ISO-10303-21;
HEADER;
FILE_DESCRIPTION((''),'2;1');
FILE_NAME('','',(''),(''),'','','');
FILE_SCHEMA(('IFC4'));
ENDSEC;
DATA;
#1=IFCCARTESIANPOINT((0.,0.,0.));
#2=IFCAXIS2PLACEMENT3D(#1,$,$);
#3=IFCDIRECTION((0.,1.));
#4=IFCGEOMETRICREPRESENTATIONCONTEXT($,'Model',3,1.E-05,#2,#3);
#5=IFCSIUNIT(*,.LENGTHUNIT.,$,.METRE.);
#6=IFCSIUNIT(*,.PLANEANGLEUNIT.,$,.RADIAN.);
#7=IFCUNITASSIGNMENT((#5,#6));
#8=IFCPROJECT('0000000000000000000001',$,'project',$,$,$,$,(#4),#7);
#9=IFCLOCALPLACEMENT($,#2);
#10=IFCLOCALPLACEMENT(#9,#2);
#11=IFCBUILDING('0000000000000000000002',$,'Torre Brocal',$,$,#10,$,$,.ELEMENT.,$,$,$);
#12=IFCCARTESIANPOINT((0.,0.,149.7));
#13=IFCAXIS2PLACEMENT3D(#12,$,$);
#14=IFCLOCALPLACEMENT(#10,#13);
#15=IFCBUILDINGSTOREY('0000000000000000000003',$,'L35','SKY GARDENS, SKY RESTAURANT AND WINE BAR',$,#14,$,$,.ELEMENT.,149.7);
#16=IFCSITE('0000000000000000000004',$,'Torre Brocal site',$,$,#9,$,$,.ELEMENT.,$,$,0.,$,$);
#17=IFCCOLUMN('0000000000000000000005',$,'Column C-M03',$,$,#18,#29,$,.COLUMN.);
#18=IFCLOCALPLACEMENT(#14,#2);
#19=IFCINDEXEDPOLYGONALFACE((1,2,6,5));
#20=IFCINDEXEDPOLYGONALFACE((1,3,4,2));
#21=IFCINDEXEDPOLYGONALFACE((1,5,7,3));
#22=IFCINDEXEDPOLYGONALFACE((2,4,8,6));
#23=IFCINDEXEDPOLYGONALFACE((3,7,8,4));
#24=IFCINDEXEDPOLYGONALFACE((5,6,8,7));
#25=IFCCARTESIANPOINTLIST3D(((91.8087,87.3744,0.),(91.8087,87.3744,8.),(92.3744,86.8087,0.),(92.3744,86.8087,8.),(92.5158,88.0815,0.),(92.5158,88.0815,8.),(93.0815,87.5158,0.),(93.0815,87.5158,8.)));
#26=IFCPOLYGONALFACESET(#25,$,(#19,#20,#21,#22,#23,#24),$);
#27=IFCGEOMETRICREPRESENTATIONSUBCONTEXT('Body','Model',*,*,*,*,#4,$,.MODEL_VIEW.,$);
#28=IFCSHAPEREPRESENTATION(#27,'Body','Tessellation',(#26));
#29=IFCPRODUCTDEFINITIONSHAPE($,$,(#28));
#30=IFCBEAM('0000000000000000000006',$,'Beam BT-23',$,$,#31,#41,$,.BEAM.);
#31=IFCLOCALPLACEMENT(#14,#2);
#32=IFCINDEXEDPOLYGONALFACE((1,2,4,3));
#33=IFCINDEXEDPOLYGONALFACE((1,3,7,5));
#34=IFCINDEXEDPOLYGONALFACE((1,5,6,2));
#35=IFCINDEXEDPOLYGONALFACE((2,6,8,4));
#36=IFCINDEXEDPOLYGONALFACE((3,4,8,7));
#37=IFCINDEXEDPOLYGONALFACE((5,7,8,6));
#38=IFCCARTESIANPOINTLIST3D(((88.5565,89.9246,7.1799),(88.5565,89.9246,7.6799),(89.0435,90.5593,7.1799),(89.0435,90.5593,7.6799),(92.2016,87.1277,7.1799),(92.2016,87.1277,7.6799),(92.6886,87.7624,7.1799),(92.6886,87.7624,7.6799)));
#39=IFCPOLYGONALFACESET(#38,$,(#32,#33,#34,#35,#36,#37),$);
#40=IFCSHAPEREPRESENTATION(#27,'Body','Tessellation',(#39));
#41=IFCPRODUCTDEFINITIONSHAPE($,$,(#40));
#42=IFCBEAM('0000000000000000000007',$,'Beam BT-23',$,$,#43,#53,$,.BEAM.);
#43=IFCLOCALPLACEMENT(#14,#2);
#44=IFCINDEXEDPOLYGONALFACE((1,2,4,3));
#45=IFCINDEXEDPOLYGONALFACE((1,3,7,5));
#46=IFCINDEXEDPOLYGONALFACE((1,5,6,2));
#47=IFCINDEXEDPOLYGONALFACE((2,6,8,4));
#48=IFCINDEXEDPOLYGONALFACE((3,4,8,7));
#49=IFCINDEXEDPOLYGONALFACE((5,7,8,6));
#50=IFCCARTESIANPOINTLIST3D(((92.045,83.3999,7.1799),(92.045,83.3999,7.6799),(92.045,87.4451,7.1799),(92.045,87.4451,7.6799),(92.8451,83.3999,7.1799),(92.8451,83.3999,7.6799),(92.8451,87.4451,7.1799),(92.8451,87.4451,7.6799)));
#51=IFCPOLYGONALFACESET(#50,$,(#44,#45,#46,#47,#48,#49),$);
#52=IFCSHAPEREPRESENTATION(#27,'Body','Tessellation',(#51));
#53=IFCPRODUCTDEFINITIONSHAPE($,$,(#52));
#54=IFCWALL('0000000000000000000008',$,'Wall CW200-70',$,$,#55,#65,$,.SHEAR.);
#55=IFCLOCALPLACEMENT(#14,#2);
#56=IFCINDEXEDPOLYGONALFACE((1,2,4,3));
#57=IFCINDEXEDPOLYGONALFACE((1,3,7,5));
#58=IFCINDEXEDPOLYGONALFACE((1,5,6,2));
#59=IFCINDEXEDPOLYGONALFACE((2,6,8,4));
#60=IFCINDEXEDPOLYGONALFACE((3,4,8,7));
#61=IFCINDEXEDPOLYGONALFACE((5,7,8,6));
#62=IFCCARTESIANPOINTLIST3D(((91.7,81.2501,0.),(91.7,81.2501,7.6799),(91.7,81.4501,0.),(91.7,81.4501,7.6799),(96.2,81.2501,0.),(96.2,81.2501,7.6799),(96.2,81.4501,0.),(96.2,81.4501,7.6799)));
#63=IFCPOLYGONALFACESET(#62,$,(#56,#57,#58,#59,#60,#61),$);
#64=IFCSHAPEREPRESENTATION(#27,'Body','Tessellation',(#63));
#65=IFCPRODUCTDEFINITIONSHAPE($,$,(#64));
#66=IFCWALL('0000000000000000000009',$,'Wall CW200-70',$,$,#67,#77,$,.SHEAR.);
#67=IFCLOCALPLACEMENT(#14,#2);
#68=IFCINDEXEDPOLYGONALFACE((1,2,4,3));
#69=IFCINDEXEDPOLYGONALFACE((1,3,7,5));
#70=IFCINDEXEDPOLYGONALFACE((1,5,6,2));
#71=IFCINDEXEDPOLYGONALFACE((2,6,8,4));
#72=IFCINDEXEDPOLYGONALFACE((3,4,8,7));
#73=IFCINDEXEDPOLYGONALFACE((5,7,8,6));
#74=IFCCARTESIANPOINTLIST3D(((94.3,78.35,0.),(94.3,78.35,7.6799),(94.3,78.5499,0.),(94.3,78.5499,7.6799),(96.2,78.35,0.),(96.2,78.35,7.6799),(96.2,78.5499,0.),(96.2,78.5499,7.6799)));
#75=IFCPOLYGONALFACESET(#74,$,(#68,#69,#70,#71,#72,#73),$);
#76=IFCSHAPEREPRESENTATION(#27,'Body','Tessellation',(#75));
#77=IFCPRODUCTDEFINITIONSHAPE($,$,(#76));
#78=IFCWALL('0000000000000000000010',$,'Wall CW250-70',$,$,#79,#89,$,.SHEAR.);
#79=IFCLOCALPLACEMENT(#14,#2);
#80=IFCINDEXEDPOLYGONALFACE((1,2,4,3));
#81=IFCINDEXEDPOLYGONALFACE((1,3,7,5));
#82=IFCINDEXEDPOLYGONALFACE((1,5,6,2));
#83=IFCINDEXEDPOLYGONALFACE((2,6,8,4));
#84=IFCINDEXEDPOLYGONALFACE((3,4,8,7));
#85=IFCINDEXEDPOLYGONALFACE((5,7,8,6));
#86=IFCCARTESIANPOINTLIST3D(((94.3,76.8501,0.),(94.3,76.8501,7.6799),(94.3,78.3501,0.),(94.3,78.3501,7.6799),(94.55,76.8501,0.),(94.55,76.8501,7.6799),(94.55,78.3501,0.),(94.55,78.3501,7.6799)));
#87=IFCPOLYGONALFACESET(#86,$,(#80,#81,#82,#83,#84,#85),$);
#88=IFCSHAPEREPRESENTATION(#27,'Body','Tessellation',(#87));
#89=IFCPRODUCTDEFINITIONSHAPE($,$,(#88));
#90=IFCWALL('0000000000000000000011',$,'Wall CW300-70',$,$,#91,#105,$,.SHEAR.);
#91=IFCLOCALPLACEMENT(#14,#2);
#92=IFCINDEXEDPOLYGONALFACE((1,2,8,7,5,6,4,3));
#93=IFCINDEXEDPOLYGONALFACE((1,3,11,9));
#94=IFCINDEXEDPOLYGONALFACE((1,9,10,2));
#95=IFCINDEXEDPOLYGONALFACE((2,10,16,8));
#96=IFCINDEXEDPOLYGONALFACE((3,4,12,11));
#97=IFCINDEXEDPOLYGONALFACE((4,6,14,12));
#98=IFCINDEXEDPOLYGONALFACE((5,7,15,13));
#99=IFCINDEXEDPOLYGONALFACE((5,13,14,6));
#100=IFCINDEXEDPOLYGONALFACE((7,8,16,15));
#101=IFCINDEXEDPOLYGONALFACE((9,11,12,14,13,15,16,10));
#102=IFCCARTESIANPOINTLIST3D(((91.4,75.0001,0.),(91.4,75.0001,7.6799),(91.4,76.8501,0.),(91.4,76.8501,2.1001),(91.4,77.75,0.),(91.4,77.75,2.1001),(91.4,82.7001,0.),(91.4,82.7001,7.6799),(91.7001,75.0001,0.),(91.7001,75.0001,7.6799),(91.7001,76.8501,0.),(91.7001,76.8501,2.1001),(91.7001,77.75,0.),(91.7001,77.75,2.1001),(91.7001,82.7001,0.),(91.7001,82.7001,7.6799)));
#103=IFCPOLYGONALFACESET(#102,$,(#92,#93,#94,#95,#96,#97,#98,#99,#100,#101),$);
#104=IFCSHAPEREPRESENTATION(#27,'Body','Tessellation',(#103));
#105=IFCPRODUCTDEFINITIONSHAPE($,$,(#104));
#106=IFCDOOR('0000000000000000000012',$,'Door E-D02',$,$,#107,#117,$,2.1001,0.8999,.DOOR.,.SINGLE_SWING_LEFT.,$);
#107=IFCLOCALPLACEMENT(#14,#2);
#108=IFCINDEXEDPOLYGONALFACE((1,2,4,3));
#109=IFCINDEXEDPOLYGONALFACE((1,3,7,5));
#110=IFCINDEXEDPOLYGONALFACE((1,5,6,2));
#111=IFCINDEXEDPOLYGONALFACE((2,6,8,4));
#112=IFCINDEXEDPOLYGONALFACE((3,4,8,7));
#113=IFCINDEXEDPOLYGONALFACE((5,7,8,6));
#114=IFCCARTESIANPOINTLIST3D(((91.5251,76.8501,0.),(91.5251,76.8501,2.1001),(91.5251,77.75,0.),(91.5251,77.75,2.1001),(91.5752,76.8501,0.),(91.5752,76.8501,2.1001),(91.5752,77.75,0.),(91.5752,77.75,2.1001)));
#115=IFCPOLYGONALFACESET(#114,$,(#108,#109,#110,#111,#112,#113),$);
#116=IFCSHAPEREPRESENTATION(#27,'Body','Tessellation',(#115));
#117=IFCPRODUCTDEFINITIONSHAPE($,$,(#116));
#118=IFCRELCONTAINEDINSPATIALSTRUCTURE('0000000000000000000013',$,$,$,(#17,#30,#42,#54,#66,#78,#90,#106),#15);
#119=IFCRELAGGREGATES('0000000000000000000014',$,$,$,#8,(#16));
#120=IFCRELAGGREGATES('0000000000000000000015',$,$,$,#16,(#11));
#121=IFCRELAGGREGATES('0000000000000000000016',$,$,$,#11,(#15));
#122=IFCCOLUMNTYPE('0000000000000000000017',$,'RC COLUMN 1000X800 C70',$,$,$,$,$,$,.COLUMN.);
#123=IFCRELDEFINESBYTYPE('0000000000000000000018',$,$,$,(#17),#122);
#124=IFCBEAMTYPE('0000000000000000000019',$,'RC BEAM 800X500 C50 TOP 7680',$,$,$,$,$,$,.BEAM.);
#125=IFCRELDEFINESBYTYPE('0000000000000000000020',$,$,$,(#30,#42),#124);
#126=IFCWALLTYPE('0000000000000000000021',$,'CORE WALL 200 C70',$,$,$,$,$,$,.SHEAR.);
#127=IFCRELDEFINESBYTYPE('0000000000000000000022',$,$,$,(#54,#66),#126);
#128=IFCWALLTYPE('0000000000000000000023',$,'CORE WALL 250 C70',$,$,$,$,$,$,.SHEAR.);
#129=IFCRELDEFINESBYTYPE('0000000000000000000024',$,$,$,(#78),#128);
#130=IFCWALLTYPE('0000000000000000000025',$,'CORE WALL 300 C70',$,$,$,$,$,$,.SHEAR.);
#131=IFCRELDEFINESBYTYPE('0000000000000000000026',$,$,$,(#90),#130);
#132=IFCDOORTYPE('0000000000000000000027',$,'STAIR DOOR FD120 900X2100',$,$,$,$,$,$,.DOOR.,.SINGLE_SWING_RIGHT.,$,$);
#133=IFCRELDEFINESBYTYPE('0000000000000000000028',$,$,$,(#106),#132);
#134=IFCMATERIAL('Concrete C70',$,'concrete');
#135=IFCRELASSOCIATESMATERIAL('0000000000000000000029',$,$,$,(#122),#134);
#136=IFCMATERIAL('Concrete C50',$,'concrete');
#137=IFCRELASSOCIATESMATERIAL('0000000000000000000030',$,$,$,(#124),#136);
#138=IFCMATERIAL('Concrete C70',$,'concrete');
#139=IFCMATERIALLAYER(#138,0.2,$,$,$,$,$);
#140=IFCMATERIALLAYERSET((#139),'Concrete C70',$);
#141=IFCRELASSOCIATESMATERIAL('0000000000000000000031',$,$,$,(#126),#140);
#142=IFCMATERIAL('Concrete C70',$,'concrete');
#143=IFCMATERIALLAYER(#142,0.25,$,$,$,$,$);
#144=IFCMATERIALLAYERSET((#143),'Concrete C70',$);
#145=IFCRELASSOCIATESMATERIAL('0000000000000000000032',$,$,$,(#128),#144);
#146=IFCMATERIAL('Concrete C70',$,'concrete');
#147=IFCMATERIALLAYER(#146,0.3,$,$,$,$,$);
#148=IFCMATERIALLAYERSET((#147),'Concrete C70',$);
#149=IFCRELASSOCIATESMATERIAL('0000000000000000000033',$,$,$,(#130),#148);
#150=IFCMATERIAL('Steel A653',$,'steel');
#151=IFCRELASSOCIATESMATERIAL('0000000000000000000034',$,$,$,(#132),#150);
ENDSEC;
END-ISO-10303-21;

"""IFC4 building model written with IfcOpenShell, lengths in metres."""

from ifc_helpers import new_model, si_unit, direction, frame, frame_2d, origin, origin_2d, place, context, subcontext, project, spatial, rectangle, extrude, material, layer, layer_set, material_profile, profile_set, type_object, element, fill, save


model = new_model("IFC4")

# Units and contexts
model_context = context("Model", 3, precision=1e-05, world=origin(), true_north=direction((0.0, 1.0)))
body_context = subcontext(model_context, "Body", "Model", "MODEL_VIEW")
ifc_project = project(units=[si_unit("LENGTHUNIT", "METRE"), si_unit("PLANEANGLEUNIT", "RADIAN")], contexts=[model_context])

# Site, building, storey
site_placement = place(None, origin())
site = spatial("IfcSite", under=ifc_project, at=site_placement, Name="Torre Brocal site", CompositionType="ELEMENT", RefElevation=0.0)
building_placement = place(site_placement, origin())
building = spatial("IfcBuilding", under=site, at=building_placement, Name="Torre Brocal", CompositionType="ELEMENT")
storey_placement = place(building_placement, frame((0.0, 0.0, 149.7)))
storey = spatial("IfcBuildingStorey", under=building, at=storey_placement, Name="L35", Description="SKY GARDENS, SKY RESTAURANT AND WINE BAR", CompositionType="ELEMENT", Elevation=149.7)

# Column
ifc_material_1 = material(Name="Concrete C70", Category="concrete")
ifc_material_profile_1 = material_profile(ifc_material_1, rectangle(XDim=1.0, YDim=0.8, at=origin_2d()), Name="RC 1000X800")
ifc_profile_set_1 = profile_set([ifc_material_profile_1], Name="Concrete C70")
column_type = type_object("IfcColumnType", Name="RC COLUMN 1000X800 C70", PredefinedType="COLUMN", material=ifc_profile_set_1)
column_placement = place(storey_placement, frame((92.4451, 87.4451, 0.0), z_axis=(0.0, 0.0, 1.0), x_axis=(0.707107, 0.707107, 0.0)))
element("IfcColumn", 1, at=column_placement, inside=storey, type_object=column_type, Name="Column C-M03", PredefinedType="COLUMN", context=body_context, shape_type="SweptSolid", body=[
    extrude(rectangle(XDim=1.0, YDim=0.8, at=origin_2d()), origin(), (0.0, 0.0, 1.0), 8.0),
])

# Beams
ifc_material_2 = material(Name="Concrete C50", Category="concrete")
ifc_material_profile_2 = material_profile(ifc_material_2, rectangle(XDim=0.8, YDim=0.5, at=origin_2d()), Name="RC 800X500")
ifc_profile_set_2 = profile_set([ifc_material_profile_2], Name="Concrete C50")
beam_type = type_object("IfcBeamType", Name="RC BEAM 800X500 C50 TOP 7680", PredefinedType="BEAM", material=ifc_profile_set_2)
beam_1_placement = place(storey_placement, frame((92.4451, 87.4451, 7.4299), z_axis=(-0.793358, 0.608755, 0.0), x_axis=(-0.608755, -0.793358, 0.0)))
element("IfcBeam", 2, at=beam_1_placement, inside=storey, type_object=beam_type, Name="Beam BT-23", PredefinedType="BEAM", context=body_context, shape_type="SweptSolid", body=[
    extrude(rectangle(XDim=0.8, YDim=0.5, at=origin_2d()), origin(), (0.0, 0.0, 1.0), 4.5945),
])
beam_2_placement = place(storey_placement, frame((92.4451, 87.4451, 7.4299), z_axis=(0.0, -1.0, 0.0), x_axis=(1.0, 0.0, 0.0)))
element("IfcBeam", 3, at=beam_2_placement, inside=storey, type_object=beam_type, Name="Beam BT-23", PredefinedType="BEAM", context=body_context, shape_type="SweptSolid", body=[
    extrude(rectangle(XDim=0.8, YDim=0.5, at=origin_2d()), origin(), (0.0, 0.0, 1.0), 4.0452),
])

# Walls
ifc_material_3 = material(Name="Concrete C70", Category="concrete")
ifc_layer_1 = layer(ifc_material_3, 0.2)
ifc_layer_set_1 = layer_set([ifc_layer_1], Name="Concrete C70")
wall_type_1 = type_object("IfcWallType", Name="CORE WALL 200 C70", PredefinedType="SHEAR", material=ifc_layer_set_1)
wall_1_placement = place(storey_placement, frame((91.7, 81.3501, 0.0), z_axis=(0.0, 0.0, 1.0), x_axis=(1.0, 0.0, 0.0)))
element("IfcWall", 4, at=wall_1_placement, inside=storey, type_object=wall_type_1, Name="Wall CW200-70", PredefinedType="SHEAR", context=body_context, shape_type="SweptSolid", body=[
    extrude(rectangle(XDim=4.5, YDim=0.2, at=frame_2d((2.25, 0.0))), origin(), (0.0, 0.0, 1.0), 7.6799),
])
wall_2_placement = place(storey_placement, frame((94.3, 78.45, 0.0), z_axis=(0.0, 0.0, 1.0), x_axis=(1.0, 0.0, 0.0)))
element("IfcWall", 5, at=wall_2_placement, inside=storey, type_object=wall_type_1, Name="Wall CW200-70", PredefinedType="SHEAR", context=body_context, shape_type="SweptSolid", body=[
    extrude(rectangle(XDim=1.8999, YDim=0.2, at=frame_2d((0.95, 0.0))), origin(), (0.0, 0.0, 1.0), 7.6799),
])
ifc_material_4 = material(Name="Concrete C70", Category="concrete")
ifc_layer_2 = layer(ifc_material_4, 0.25)
ifc_layer_set_2 = layer_set([ifc_layer_2], Name="Concrete C70")
wall_type_2 = type_object("IfcWallType", Name="CORE WALL 250 C70", PredefinedType="SHEAR", material=ifc_layer_set_2)
wall_3_placement = place(storey_placement, frame((94.425, 76.8501, 0.0), z_axis=(0.0, 0.0, 1.0), x_axis=(0.0, 1.0, 0.0)))
element("IfcWall", 6, at=wall_3_placement, inside=storey, type_object=wall_type_2, Name="Wall CW250-70", PredefinedType="SHEAR", context=body_context, shape_type="SweptSolid", body=[
    extrude(rectangle(XDim=1.5, YDim=0.25, at=frame_2d((0.75, 0.0))), origin(), (0.0, 0.0, 1.0), 7.6799),
])

# Wall, opening, door
ifc_material_5 = material(Name="Concrete C70", Category="concrete")
ifc_layer_3 = layer(ifc_material_5, 0.3)
ifc_layer_set_3 = layer_set([ifc_layer_3], Name="Concrete C70")
wall_type_3 = type_object("IfcWallType", Name="CORE WALL 300 C70", PredefinedType="SHEAR", material=ifc_layer_set_3)
wall_4_placement = place(storey_placement, frame((91.55, 75.0, 0.0), z_axis=(0.0, 0.0, 1.0), x_axis=(0.0, 1.0, 0.0)))
wall_4 = element("IfcWall", 7, at=wall_4_placement, inside=storey, type_object=wall_type_3, Name="Wall CW300-70", PredefinedType="SHEAR", context=body_context, shape_type="SweptSolid", body=[
    extrude(rectangle(XDim=7.7, YDim=0.3, at=frame_2d((3.8501, 0.0))), origin(), (0.0, 0.0, 1.0), 7.6799),
])
opening_1_placement = place(wall_4_placement, frame((1.8501, 0.0, 0.0)))
opening_1 = element("IfcOpeningElement", 8, at=opening_1_placement, cuts=wall_4, PredefinedType="OPENING", context=body_context, shape_type="SweptSolid", body=[
    extrude(rectangle(XDim=0.8999, YDim=2.1001, at=frame_2d((0.45, 1.05))), frame((0.0, 0.1599, 0.0), z_axis=(0.0, -1.0, 0.0), x_axis=(1.0, 0.0, 0.0)), (0.0, 0.0, 1.0), 0.3201),
])
ifc_material_6 = material(Name="Steel A653", Category="steel")
door_type_1 = type_object("IfcDoorType", Name="STAIR DOOR FD120 900X2100", OperationType="SINGLE_SWING_RIGHT", PredefinedType="DOOR", material=ifc_material_6)
door_1_placement = place(opening_1_placement, origin())
door_1 = element("IfcDoor", 9, at=door_1_placement, inside=storey, type_object=door_type_1, Name="Door E-D02", OperationType="SINGLE_SWING_LEFT", OverallHeight=2.1001, OverallWidth=0.8999, PredefinedType="DOOR", context=body_context, shape_type="SweptSolid", body=[
    extrude(rectangle(XDim=0.8999, YDim=2.1001, at=frame_2d((0.45, 1.05))), frame((0.0, 0.0249, 0.0), z_axis=(0.0, -1.0, 0.0), x_axis=(1.0, 0.0, 0.0)), (0.0, 0.0, 1.0), 0.05),
])
fill(opening_1, door_1)

save(model, "model.ifc")
